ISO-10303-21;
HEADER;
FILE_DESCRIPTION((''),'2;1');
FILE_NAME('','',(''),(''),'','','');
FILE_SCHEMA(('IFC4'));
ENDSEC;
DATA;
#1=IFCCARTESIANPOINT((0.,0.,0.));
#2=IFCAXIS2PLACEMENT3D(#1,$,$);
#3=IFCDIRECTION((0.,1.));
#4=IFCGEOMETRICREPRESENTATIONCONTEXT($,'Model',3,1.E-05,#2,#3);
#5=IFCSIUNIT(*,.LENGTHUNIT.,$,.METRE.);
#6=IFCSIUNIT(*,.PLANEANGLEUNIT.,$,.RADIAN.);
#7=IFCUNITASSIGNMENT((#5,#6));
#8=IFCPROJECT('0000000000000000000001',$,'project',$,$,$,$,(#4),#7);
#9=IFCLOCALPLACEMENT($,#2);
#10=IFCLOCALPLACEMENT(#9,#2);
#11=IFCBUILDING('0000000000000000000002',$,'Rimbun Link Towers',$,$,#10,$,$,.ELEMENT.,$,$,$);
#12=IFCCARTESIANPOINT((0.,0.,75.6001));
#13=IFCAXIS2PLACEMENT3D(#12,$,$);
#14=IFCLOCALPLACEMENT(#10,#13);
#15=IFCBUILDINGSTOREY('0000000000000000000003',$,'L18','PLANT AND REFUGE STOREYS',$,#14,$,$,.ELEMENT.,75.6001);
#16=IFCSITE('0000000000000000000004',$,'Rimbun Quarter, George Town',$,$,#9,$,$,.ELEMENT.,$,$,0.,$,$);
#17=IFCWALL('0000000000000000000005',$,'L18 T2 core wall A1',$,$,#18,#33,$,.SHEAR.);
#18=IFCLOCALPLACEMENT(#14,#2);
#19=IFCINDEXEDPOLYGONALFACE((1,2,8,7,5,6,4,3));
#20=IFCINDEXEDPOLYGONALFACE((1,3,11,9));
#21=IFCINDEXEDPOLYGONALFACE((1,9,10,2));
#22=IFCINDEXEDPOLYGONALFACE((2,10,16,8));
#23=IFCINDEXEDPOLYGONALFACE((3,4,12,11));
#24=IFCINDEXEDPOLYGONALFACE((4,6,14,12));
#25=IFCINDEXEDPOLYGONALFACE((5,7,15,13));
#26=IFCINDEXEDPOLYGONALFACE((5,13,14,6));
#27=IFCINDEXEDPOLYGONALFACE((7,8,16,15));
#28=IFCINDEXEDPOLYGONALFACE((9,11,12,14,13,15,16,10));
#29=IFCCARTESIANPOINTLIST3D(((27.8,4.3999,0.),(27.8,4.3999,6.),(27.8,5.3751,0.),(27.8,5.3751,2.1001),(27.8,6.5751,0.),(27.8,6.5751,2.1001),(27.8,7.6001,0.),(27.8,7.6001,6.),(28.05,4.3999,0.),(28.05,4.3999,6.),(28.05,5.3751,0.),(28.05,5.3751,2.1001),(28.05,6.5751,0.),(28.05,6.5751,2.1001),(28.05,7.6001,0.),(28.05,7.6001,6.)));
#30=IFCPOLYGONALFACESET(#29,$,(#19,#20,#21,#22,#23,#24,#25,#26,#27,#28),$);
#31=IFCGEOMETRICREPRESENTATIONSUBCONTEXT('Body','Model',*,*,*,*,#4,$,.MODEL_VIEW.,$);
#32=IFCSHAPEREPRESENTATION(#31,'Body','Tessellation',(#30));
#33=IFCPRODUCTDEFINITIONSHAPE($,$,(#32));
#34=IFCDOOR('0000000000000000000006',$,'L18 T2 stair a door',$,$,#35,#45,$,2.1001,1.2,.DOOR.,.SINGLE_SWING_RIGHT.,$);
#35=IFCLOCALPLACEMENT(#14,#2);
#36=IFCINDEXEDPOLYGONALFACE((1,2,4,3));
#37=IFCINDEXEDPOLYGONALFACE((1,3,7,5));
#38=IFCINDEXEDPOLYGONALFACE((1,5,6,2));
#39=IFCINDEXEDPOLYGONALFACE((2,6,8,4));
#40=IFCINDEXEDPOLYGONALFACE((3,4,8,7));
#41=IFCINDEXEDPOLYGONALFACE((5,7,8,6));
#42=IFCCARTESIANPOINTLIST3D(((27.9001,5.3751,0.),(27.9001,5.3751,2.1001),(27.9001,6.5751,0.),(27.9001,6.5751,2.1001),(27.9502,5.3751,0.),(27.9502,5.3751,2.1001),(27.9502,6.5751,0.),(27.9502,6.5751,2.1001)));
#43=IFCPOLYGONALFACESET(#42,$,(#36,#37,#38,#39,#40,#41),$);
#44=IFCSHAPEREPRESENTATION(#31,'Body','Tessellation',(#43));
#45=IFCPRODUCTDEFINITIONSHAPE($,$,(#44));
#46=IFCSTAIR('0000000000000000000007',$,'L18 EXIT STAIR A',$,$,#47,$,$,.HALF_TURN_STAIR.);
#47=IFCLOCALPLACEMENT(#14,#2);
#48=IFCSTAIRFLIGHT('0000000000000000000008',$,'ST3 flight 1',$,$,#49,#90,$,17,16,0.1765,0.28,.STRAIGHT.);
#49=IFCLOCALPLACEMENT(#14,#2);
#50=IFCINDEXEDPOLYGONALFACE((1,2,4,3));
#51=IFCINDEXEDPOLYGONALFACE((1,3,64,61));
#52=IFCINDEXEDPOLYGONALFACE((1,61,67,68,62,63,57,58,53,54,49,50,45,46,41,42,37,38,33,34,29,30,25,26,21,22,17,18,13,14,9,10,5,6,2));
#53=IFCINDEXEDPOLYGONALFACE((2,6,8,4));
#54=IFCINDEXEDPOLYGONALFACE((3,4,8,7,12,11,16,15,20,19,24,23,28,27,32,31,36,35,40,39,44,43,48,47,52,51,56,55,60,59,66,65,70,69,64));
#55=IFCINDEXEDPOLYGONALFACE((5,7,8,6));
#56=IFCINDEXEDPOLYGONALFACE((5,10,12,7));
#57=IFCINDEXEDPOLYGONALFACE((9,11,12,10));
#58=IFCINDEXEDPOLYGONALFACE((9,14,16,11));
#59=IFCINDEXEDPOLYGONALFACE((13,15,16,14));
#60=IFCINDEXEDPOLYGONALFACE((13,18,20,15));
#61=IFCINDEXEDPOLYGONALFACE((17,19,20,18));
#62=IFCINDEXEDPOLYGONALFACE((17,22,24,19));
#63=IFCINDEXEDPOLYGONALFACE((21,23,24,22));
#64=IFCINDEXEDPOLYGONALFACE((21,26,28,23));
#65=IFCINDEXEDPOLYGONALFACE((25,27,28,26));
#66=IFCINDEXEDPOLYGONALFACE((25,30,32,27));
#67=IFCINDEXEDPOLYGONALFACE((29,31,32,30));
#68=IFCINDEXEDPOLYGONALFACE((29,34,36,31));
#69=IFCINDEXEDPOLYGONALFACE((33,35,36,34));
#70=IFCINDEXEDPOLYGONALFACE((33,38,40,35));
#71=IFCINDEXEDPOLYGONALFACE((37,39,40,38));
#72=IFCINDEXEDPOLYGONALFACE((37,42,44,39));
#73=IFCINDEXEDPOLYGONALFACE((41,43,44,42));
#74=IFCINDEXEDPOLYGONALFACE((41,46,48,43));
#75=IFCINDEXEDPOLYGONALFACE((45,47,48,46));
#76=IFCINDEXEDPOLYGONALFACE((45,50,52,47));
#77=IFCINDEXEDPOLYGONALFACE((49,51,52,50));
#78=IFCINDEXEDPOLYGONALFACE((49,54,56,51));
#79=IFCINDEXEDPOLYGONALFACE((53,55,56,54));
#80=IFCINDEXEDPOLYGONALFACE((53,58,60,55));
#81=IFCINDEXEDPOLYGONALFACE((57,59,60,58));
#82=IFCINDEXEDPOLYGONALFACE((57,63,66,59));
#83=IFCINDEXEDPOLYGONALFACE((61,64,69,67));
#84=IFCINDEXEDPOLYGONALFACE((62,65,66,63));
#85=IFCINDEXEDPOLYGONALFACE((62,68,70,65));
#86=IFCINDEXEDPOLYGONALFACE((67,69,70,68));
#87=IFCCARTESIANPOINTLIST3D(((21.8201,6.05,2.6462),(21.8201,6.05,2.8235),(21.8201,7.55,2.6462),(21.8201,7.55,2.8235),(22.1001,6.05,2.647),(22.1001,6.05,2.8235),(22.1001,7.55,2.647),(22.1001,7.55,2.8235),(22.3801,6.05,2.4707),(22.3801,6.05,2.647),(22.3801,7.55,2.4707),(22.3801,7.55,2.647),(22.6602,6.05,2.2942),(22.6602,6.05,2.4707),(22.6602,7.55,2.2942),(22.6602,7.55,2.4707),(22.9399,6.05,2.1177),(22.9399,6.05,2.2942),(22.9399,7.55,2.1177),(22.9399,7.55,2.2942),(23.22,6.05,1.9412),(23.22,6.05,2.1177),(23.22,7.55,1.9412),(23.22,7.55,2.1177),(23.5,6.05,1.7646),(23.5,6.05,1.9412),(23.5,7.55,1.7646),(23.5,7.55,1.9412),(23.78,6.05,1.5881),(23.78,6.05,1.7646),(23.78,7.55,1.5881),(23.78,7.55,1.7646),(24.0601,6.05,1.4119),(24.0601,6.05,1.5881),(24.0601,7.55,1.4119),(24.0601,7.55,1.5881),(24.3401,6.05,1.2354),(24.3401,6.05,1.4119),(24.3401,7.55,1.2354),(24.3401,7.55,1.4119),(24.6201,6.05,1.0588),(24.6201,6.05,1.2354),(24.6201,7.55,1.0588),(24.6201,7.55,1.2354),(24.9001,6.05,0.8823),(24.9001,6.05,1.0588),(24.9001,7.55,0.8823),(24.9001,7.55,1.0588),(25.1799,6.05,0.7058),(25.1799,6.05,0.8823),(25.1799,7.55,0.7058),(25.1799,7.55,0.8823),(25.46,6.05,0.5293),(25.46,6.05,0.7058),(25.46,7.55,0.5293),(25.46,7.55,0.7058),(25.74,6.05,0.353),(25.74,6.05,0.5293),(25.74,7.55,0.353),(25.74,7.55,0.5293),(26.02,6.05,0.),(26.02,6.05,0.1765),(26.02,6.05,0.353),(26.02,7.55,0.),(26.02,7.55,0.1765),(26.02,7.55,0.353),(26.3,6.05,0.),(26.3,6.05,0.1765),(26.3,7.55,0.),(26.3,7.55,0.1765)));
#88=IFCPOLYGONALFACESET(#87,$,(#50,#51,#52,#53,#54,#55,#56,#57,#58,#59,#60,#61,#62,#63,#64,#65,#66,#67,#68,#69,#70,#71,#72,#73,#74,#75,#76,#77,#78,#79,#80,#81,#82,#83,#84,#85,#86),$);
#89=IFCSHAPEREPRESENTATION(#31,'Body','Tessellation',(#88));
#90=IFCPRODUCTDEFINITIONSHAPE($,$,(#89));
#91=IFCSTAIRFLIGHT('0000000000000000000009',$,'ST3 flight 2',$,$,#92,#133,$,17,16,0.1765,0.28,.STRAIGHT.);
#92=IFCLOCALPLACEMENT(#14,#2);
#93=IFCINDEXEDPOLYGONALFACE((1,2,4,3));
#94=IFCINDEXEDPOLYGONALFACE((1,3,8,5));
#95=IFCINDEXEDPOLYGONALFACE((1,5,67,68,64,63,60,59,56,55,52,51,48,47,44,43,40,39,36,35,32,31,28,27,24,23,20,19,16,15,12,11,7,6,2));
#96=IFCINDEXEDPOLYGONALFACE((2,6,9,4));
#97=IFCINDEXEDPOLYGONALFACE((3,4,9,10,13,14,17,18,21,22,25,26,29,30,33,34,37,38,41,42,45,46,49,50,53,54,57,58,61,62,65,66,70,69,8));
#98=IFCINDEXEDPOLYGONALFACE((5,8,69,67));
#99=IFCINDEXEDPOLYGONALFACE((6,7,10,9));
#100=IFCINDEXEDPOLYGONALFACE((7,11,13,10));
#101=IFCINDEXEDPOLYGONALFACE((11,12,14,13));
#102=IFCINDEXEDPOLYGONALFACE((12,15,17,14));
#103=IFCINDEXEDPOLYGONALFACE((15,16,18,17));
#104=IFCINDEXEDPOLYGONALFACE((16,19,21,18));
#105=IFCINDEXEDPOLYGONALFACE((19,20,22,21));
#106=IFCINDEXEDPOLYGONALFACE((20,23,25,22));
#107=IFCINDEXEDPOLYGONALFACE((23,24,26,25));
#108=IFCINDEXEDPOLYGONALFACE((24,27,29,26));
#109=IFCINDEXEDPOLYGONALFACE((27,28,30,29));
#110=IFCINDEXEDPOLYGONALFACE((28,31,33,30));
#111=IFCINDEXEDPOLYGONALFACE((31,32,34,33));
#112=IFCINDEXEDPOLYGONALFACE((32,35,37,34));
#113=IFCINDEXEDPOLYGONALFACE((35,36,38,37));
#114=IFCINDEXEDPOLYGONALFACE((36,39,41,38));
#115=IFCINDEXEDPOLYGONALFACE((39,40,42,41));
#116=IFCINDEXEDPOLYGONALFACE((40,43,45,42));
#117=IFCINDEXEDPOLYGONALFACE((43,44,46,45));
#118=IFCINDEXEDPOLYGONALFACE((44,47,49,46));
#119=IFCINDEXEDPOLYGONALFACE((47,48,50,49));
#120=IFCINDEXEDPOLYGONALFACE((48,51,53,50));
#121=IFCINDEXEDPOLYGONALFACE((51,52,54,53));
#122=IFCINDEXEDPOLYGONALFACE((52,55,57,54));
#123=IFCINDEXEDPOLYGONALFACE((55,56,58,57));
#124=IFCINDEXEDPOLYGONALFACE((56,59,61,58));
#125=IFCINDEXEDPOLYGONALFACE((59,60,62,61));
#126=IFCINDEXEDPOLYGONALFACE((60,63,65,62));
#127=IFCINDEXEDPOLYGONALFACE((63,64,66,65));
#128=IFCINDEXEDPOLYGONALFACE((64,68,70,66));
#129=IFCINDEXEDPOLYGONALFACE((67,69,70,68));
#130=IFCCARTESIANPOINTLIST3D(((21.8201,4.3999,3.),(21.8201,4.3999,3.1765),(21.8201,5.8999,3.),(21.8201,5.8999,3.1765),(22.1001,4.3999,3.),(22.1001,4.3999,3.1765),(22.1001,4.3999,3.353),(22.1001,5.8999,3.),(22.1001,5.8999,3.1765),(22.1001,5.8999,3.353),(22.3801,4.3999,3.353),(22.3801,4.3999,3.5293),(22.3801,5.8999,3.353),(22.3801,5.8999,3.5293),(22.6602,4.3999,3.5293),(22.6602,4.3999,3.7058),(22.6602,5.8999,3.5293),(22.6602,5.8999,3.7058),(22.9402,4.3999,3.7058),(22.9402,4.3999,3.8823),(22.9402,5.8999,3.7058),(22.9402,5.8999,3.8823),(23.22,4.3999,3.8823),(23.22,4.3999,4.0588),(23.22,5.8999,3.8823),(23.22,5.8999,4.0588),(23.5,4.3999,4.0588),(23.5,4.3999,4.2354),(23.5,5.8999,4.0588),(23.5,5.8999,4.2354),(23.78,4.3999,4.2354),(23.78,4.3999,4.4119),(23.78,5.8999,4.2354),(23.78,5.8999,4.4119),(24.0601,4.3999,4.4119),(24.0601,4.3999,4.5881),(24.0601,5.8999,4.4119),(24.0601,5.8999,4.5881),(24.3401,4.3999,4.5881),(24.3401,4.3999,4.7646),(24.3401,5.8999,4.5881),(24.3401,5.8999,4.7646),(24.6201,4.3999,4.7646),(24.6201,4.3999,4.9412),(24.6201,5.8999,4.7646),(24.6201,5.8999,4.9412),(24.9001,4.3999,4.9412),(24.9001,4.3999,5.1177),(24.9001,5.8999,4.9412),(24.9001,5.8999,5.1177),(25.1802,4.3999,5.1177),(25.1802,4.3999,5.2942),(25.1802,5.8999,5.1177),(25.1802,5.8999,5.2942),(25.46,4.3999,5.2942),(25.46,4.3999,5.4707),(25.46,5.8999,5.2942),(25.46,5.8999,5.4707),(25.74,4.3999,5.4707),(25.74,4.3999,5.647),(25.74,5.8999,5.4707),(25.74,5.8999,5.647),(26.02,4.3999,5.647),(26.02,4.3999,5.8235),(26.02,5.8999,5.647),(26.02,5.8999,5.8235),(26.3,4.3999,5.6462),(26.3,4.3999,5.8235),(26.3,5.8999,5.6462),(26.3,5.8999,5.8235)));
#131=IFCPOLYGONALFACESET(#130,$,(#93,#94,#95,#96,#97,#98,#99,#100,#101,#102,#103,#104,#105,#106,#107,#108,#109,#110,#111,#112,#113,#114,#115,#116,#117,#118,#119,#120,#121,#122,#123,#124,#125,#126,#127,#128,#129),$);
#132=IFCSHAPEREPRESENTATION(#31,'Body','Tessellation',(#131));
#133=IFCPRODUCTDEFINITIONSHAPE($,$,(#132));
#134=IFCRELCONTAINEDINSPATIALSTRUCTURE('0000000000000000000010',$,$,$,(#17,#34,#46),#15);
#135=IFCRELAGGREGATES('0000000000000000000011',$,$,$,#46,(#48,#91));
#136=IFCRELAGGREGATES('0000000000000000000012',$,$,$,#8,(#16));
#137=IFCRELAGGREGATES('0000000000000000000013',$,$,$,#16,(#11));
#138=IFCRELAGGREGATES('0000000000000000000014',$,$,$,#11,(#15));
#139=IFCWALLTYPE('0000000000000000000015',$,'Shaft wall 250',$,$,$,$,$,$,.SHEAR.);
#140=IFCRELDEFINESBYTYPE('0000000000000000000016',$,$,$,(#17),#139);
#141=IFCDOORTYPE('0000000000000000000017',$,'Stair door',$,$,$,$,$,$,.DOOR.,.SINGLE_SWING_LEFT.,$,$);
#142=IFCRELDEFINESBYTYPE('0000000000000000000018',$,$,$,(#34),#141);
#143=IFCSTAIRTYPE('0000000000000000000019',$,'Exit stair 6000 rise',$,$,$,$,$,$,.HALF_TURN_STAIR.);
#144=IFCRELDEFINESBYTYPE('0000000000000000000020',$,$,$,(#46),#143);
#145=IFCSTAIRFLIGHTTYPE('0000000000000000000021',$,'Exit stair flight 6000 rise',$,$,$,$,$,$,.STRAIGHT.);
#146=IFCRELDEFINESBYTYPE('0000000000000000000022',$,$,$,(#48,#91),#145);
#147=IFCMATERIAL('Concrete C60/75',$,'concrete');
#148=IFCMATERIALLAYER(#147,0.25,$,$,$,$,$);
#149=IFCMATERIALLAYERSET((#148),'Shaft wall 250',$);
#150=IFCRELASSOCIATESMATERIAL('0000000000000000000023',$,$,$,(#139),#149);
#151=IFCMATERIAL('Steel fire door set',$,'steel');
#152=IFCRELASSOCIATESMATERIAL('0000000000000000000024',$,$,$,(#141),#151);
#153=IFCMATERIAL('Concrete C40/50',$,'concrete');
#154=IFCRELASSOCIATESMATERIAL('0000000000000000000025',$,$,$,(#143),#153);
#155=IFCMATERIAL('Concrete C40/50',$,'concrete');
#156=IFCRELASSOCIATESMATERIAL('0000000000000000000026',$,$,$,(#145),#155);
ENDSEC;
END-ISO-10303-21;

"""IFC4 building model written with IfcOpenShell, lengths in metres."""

from ifc_helpers import new_model, si_unit, direction, frame, frame_2d, origin, place, context, subcontext, project, spatial, polyline, rectangle, outline, extrude, material, layer, layer_set, type_object, element, fill, aggregate, save


model = new_model("IFC4")

# Units and contexts
model_context = context("Model", 3, precision=1e-05, world=origin(), true_north=direction((0.0, 1.0)))
body_context = subcontext(model_context, "Body", "Model", "MODEL_VIEW")
ifc_project = project(units=[si_unit("LENGTHUNIT", "METRE"), si_unit("PLANEANGLEUNIT", "RADIAN")], contexts=[model_context])

# Site, building, storey
site_placement = place(None, origin())
site = spatial("IfcSite", under=ifc_project, at=site_placement, Name="Rimbun Quarter, George Town", CompositionType="ELEMENT", RefElevation=0.0)
building_placement = place(site_placement, origin())
building = spatial("IfcBuilding", under=site, at=building_placement, Name="Rimbun Link Towers", CompositionType="ELEMENT")
storey_placement = place(building_placement, frame((0.0, 0.0, 75.6001)))
storey = spatial("IfcBuildingStorey", under=building, at=storey_placement, Name="L18", Description="PLANT AND REFUGE STOREYS", CompositionType="ELEMENT", Elevation=75.6001)

# Shared definitions
ifc_material_1 = material(Name="Concrete C60/75", Category="concrete")
ifc_layer = layer(ifc_material_1, 0.25)
ifc_layer_set = layer_set([ifc_layer], Name="Shaft wall 250")
wall_type = type_object("IfcWallType", Name="Shaft wall 250", PredefinedType="SHEAR", material=ifc_layer_set)

# Wall, opening, door
wall_1_placement = place(storey_placement, frame((27.925, 4.3999, 0.0), z_axis=(0.0, 0.0, 1.0), x_axis=(0.0, 1.0, 0.0)))
wall_1 = element("IfcWall", 1, at=wall_1_placement, inside=storey, type_object=wall_type, Name="L18 T2 core wall A1", PredefinedType="SHEAR", context=body_context, shape_type="SweptSolid", body=[
    extrude(rectangle(XDim=3.2002, YDim=0.25, at=frame_2d((1.6001, 0.0))), origin(), (0.0, 0.0, 1.0), 6.0),
])
opening_1_placement = place(wall_1_placement, frame((0.9751, 0.0, 0.0)))
opening_1 = element("IfcOpeningElement", 2, at=opening_1_placement, cuts=wall_1, PredefinedType="OPENING", context=body_context, shape_type="SweptSolid", body=[
    extrude(rectangle(XDim=1.2, YDim=2.1001, at=frame_2d((0.6001, 1.05))), frame((0.0, 0.135, 0.0), z_axis=(0.0, -1.0, 0.0), x_axis=(1.0, 0.0, 0.0)), (0.0, 0.0, 1.0), 0.27),
])
ifc_material_2 = material(Name="Steel fire door set", Category="steel")
door_type_1 = type_object("IfcDoorType", Name="Stair door", OperationType="SINGLE_SWING_LEFT", PredefinedType="DOOR", material=ifc_material_2)
door_1_placement = place(opening_1_placement, origin())
door_1 = element("IfcDoor", 3, at=door_1_placement, inside=storey, type_object=door_type_1, Name="L18 T2 stair a door", OperationType="SINGLE_SWING_RIGHT", OverallHeight=2.1001, OverallWidth=1.2, PredefinedType="DOOR", context=body_context, shape_type="SweptSolid", body=[
    extrude(rectangle(XDim=1.2, YDim=2.1001, at=frame_2d((0.6001, 1.05))), frame((0.0, 0.0249, 0.0), z_axis=(0.0, -1.0, 0.0), x_axis=(1.0, 0.0, 0.0)), (0.0, 0.0, 1.0), 0.05),
])
fill(opening_1, door_1)

# Stair, stair flights
ifc_material_3 = material(Name="Concrete C40/50", Category="concrete")
stair_type = type_object("IfcStairType", Name="Exit stair 6000 rise", PredefinedType="HALF_TURN_STAIR", material=ifc_material_3)
stair_placement = place(storey_placement, origin())
stair = element("IfcStair", 4, at=stair_placement, inside=storey, type_object=stair_type, Name="L18 EXIT STAIR A", PredefinedType="HALF_TURN_STAIR")
ifc_material_4 = material(Name="Concrete C40/50", Category="concrete")
stair_flight_type = type_object("IfcStairFlightType", Name="Exit stair flight 6000 rise", PredefinedType="STRAIGHT", material=ifc_material_4)
stair_flight_1_placement = place(storey_placement, frame((26.3, 6.8, 0.0), z_axis=(0.0, 0.0, 1.0), x_axis=(-1.0, 0.0, 0.0)))
stair_flight_1 = element("IfcStairFlight", 5, at=stair_flight_1_placement, type_object=stair_flight_type, Name="ST3 flight 1", NumberOfRisers=17, NumberOfTreads=16, PredefinedType="STRAIGHT", RiserHeight=0.1765, TreadLength=0.28, context=body_context, shape_type="SweptSolid", body=[
    extrude(outline(polyline([(0.0, 0.0), (0.0, 0.1765), (0.28, 0.1765), (0.28, 0.353), (0.5601, 0.353), (0.5601, 0.5293), (0.8401, 0.5293), (0.8401, 0.7058), (1.1201, 0.7058), (1.1201, 0.8823), (1.3999, 0.8823), (1.3999, 1.0588), (1.6799, 1.0588), (1.6799, 1.2354), (1.96, 1.2354), (1.96, 1.4119), (2.24, 1.4119), (2.24, 1.5881), (2.52, 1.5881), (2.52, 1.7646), (2.8, 1.7646), (2.8, 1.9412), (3.0801, 1.9412), (3.0801, 2.1177), (3.3601, 2.1177), (3.3601, 2.2942), (3.6399, 2.2942), (3.6399, 2.4707), (3.9199, 2.4707), (3.9199, 2.647), (4.2, 2.647), (4.2, 2.8235), (4.48, 2.8235), (4.48, 3.0), (4.48, 2.6462), (0.28, 0.0), (0.0, 0.0)])), frame((0.0, 0.75, 0.0), z_axis=(0.0, -1.0, 0.0), x_axis=(1.0, 0.0, 0.0)), (0.0, 0.0, 1.0), 1.5),
])
stair_flight_2_placement = place(storey_placement, frame((21.8201, 5.1499, 3.0), z_axis=(0.0, 0.0, 1.0), x_axis=(1.0, 0.0, 0.0)))
stair_flight_2 = element("IfcStairFlight", 6, at=stair_flight_2_placement, type_object=stair_flight_type, Name="ST3 flight 2", NumberOfRisers=17, NumberOfTreads=16, PredefinedType="STRAIGHT", RiserHeight=0.1765, TreadLength=0.28, context=body_context, shape_type="SweptSolid", body=[
    extrude(outline(polyline([(0.0, 0.0), (0.0, 0.1765), (0.28, 0.1765), (0.28, 0.353), (0.5601, 0.353), (0.5601, 0.5293), (0.8401, 0.5293), (0.8401, 0.7058), (1.1201, 0.7058), (1.1201, 0.8823), (1.3999, 0.8823), (1.3999, 1.0588), (1.6799, 1.0588), (1.6799, 1.2354), (1.96, 1.2354), (1.96, 1.4119), (2.24, 1.4119), (2.24, 1.5881), (2.52, 1.5881), (2.52, 1.7646), (2.8, 1.7646), (2.8, 1.9412), (3.0801, 1.9412), (3.0801, 2.1177), (3.3601, 2.1177), (3.3601, 2.2942), (3.6399, 2.2942), (3.6399, 2.4707), (3.9199, 2.4707), (3.9199, 2.647), (4.2, 2.647), (4.2, 2.8235), (4.48, 2.8235), (4.48, 3.0), (4.48, 2.6462), (0.28, 0.0), (0.0, 0.0)])), frame((0.0, 0.75, 0.0), z_axis=(0.0, -1.0, 0.0), x_axis=(1.0, 0.0, 0.0)), (0.0, 0.0, 1.0), 1.5),
])
aggregate(stair, [stair_flight_1, stair_flight_2])

save(model, "model.ifc")
